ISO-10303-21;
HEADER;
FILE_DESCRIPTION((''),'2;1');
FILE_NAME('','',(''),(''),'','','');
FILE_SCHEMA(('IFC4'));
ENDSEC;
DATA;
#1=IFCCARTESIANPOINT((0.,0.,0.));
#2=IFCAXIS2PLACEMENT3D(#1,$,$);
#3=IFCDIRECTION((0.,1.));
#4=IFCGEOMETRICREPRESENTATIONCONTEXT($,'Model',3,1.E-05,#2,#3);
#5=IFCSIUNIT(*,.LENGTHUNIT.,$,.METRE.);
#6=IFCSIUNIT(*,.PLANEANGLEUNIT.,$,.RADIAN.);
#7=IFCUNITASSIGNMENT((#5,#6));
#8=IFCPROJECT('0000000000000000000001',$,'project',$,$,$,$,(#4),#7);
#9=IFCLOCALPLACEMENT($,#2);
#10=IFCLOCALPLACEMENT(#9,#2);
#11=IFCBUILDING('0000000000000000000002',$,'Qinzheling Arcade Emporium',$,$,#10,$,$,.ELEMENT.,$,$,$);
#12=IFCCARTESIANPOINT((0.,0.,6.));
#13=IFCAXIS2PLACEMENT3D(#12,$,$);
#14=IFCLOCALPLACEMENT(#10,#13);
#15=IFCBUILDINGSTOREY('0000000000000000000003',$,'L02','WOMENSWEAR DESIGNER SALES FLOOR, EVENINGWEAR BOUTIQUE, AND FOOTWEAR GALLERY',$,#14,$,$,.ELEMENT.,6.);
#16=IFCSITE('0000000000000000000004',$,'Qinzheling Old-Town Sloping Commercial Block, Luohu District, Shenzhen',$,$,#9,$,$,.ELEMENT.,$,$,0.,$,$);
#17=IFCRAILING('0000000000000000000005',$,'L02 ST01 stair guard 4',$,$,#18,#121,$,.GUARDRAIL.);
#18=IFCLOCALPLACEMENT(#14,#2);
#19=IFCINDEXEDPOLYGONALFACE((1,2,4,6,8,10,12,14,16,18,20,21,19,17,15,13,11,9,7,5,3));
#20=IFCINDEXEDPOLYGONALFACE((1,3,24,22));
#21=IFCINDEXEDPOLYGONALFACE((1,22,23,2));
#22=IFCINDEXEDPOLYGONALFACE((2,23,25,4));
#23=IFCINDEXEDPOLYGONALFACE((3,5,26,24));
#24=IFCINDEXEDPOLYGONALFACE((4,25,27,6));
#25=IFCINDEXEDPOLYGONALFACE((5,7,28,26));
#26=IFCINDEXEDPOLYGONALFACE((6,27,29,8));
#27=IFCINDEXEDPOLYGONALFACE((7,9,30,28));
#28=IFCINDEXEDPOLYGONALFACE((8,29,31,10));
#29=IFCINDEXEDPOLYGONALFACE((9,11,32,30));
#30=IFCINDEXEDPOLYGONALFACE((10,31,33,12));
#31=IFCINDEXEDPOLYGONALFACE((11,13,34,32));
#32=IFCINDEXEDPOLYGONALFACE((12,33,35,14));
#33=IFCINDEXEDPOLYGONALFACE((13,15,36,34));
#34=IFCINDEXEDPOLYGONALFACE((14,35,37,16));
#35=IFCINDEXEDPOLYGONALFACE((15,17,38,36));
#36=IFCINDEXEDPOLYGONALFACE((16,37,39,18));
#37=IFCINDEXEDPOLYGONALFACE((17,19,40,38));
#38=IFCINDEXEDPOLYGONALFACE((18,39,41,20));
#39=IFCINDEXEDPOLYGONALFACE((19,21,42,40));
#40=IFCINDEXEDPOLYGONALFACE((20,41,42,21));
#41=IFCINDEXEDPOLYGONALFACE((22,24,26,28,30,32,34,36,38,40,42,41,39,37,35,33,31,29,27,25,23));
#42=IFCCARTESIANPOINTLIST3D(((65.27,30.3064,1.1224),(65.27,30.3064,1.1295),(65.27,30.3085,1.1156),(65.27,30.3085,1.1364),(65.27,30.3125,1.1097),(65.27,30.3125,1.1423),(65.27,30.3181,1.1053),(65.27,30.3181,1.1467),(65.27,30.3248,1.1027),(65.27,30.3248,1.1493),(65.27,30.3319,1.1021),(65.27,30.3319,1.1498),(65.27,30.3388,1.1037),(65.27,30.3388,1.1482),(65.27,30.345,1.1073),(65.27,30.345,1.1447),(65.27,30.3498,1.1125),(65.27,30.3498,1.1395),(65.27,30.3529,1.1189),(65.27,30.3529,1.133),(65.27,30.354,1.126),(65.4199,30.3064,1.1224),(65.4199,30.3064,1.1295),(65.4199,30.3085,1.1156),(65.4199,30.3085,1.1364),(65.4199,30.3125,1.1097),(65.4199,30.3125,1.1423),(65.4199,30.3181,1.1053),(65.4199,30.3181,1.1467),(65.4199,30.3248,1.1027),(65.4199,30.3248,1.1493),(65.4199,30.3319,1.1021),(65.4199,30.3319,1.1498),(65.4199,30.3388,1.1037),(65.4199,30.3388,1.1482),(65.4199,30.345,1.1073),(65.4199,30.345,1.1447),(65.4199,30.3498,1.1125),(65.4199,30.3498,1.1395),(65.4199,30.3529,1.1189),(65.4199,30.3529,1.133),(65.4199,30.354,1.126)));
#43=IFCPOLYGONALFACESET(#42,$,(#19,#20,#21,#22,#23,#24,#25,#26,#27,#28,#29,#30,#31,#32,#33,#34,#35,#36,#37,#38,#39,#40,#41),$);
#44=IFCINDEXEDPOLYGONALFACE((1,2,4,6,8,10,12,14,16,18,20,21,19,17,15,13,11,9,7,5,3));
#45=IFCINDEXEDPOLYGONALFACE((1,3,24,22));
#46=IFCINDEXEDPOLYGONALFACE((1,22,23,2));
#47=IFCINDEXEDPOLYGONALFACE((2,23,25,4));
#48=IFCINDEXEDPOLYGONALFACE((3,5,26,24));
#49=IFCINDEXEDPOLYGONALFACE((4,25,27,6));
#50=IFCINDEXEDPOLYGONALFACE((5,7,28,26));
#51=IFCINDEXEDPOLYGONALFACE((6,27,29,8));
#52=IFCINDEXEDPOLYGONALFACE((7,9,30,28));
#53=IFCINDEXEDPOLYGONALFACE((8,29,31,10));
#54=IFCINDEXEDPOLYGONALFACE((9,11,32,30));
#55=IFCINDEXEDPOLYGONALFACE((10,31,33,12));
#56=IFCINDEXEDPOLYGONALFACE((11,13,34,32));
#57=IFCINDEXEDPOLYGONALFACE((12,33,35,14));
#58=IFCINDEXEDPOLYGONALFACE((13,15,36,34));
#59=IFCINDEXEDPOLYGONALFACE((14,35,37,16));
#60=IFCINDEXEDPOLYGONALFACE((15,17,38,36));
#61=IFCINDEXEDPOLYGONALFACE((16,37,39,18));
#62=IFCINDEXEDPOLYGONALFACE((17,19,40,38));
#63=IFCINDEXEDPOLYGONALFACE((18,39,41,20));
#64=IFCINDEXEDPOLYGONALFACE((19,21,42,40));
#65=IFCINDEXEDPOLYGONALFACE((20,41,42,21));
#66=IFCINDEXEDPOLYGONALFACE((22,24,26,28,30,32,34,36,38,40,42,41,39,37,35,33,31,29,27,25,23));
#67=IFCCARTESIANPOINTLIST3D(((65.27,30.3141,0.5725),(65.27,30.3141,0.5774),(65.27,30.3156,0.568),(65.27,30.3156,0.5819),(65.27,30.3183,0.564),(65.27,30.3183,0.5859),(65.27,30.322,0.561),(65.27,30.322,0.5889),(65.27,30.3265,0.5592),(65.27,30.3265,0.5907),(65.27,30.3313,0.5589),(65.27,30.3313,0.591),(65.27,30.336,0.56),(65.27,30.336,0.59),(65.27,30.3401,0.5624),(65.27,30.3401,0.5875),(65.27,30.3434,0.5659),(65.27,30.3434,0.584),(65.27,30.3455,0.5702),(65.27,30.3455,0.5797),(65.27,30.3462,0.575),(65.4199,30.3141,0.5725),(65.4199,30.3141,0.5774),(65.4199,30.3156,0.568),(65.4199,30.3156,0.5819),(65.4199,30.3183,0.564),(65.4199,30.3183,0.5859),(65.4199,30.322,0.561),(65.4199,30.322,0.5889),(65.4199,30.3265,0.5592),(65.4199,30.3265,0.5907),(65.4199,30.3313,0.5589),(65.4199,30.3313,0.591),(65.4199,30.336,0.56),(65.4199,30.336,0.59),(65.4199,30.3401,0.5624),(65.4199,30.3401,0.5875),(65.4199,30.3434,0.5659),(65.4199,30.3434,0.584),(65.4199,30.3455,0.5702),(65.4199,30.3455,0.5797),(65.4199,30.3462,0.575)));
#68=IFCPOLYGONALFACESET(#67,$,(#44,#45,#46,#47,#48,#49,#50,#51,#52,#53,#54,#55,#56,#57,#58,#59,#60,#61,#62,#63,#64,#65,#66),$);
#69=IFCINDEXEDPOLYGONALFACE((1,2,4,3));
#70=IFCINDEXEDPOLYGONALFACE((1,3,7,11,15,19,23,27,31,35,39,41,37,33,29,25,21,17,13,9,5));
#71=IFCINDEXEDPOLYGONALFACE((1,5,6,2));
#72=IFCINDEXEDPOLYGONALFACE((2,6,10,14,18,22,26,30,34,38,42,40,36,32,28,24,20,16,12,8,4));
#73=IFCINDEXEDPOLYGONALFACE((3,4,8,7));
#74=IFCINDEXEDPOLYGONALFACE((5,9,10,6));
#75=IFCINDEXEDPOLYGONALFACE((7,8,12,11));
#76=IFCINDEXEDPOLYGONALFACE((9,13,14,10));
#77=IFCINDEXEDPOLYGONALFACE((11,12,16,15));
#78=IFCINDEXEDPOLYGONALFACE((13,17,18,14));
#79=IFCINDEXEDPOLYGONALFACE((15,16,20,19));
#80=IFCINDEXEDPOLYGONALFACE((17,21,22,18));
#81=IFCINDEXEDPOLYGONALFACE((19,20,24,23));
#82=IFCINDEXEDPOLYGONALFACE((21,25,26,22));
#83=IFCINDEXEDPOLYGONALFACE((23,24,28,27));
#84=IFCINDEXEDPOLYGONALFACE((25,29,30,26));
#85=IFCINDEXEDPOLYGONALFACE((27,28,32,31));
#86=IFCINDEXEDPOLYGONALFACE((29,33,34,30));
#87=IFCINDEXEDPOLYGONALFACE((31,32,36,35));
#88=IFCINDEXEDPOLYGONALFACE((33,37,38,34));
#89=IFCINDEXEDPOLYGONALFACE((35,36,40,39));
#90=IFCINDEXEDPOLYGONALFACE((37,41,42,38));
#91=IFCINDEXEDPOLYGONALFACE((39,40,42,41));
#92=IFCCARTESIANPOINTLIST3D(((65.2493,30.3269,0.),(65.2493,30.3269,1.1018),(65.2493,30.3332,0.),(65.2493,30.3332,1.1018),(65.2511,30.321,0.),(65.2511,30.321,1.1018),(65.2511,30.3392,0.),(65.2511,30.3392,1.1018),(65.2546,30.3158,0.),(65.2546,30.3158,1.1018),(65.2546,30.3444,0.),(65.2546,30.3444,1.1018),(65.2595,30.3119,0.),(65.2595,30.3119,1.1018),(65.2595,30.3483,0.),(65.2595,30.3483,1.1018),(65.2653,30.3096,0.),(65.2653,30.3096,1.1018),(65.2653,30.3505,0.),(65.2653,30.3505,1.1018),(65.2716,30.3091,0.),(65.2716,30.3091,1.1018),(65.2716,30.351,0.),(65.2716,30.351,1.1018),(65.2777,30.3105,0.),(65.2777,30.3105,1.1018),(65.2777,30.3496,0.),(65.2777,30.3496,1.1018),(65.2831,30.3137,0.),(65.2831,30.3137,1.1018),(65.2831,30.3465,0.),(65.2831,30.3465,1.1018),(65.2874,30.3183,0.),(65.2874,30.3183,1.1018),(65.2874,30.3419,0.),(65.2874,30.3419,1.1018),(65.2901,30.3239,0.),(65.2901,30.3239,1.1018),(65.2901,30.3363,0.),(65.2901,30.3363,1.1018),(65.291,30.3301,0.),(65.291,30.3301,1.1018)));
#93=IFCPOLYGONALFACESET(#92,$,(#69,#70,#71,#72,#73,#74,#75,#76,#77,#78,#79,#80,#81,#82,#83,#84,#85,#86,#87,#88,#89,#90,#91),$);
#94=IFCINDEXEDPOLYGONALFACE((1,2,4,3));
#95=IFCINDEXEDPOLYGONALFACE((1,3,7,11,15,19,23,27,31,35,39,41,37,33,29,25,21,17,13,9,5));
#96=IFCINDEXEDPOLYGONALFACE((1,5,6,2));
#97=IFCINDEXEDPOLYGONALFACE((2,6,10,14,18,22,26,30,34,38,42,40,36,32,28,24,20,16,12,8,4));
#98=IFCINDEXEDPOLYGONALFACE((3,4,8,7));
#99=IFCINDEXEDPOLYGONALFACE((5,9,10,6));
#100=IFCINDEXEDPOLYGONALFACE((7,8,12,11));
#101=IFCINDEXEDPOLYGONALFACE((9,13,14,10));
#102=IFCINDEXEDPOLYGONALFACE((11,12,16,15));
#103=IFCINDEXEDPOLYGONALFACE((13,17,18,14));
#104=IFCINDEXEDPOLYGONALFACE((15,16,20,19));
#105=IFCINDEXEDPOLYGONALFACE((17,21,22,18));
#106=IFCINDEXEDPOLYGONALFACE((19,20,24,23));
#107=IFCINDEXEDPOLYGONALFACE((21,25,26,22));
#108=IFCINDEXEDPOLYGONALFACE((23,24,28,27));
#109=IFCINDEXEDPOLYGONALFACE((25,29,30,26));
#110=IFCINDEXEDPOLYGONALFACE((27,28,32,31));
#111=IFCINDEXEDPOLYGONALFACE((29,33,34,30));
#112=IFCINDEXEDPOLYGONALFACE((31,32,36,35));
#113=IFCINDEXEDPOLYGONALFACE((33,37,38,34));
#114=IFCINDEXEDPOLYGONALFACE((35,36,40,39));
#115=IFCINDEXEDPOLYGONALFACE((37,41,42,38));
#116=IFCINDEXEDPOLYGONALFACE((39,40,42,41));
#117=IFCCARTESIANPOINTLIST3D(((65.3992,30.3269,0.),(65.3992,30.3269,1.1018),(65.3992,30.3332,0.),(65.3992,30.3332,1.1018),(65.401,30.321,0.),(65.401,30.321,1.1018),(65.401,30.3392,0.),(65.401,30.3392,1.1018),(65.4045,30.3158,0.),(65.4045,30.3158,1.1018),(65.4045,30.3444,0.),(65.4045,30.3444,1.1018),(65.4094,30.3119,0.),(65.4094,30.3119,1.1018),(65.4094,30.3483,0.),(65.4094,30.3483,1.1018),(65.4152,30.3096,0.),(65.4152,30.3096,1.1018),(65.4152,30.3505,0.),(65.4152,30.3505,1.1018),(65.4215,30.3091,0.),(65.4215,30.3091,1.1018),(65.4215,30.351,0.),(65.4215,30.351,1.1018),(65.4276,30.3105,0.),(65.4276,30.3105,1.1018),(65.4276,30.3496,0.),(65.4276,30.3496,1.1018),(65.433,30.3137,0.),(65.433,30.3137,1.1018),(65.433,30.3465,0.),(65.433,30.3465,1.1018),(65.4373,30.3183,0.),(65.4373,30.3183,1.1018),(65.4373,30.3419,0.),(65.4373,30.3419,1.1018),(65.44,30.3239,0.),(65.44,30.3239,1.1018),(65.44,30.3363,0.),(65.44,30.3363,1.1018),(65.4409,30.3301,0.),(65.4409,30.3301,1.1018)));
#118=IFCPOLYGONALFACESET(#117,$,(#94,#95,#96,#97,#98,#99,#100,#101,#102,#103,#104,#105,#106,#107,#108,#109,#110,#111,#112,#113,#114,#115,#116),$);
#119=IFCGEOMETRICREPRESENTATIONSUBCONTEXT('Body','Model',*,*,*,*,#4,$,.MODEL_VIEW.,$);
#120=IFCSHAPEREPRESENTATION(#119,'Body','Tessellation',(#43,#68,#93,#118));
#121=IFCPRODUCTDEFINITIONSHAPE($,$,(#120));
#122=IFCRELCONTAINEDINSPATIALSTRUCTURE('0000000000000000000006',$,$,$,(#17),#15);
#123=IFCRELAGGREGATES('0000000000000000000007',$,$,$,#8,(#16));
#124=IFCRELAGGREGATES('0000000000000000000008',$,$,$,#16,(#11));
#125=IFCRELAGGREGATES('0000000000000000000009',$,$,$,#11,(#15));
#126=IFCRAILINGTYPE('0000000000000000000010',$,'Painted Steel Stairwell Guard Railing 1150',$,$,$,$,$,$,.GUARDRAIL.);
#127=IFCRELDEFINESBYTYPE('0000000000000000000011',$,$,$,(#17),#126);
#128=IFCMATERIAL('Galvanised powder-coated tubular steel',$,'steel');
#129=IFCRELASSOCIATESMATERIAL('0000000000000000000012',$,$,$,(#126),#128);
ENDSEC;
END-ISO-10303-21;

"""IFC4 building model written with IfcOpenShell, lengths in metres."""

from ifc_helpers import new_model, si_unit, direction, frame, origin, origin_2d, place, context, subcontext, project, spatial, circle, extrude, material, type_object, element, save


model = new_model("IFC4")

# Units and contexts
model_context = context("Model", 3, precision=1e-05, world=origin(), true_north=direction((0.0, 1.0)))
body_context = subcontext(model_context, "Body", "Model", "MODEL_VIEW")
ifc_project = project(units=[si_unit("LENGTHUNIT", "METRE"), si_unit("PLANEANGLEUNIT", "RADIAN")], contexts=[model_context])

# Site, building, storey
site_placement = place(None, origin())
site = spatial("IfcSite", under=ifc_project, at=site_placement, Name="Qinzheling Old-Town Sloping Commercial Block, Luohu District, Shenzhen", CompositionType="ELEMENT", RefElevation=0.0)
building_placement = place(site_placement, origin())
building = spatial("IfcBuilding", under=site, at=building_placement, Name="Qinzheling Arcade Emporium", CompositionType="ELEMENT")
storey_placement = place(building_placement, frame((0.0, 0.0, 6.0)))
storey = spatial("IfcBuildingStorey", under=building, at=storey_placement, Name="L02", Description="WOMENSWEAR DESIGNER SALES FLOOR, EVENINGWEAR BOUTIQUE, AND FOOTWEAR GALLERY", CompositionType="ELEMENT", Elevation=6.0)

# Railing
ifc_material_1 = material(Name="Galvanised powder-coated tubular steel", Category="steel")
railing_type_1 = type_object("IfcRailingType", Name="Painted Steel Stairwell Guard Railing 1150", PredefinedType="GUARDRAIL", material=ifc_material_1)
railing_1_placement = place(storey_placement, frame((65.27, 30.3301, 0.0)))
element("IfcRailing", 1, at=railing_1_placement, inside=storey, type_object=railing_type_1, Name="L02 ST01 stair guard 4", PredefinedType="GUARDRAIL", context=body_context, shape_type="SweptSolid", body=[
    extrude(circle(Radius=0.0239, at=origin_2d()), frame((0.0, 0.0, 1.126), z_axis=(1.0, 0.0, 0.0), x_axis=(0.0, 1.0, 0.0)), (0.0, 0.0, 1.0), 0.1499),
    extrude(circle(Radius=0.0161, at=origin_2d()), frame((0.0, 0.0, 0.575), z_axis=(1.0, 0.0, 0.0), x_axis=(0.0, 1.0, 0.0)), (0.0, 0.0, 1.0), 0.1499),
    extrude(circle(Radius=0.021, at=origin_2d()), origin(), (0.0, 0.0, 1.0), 1.1018),
    extrude(circle(Radius=0.021, at=origin_2d()), frame((0.1499, 0.0, 0.0)), (0.0, 0.0, 1.0), 1.1018),
])

save(model, "model.ifc")
